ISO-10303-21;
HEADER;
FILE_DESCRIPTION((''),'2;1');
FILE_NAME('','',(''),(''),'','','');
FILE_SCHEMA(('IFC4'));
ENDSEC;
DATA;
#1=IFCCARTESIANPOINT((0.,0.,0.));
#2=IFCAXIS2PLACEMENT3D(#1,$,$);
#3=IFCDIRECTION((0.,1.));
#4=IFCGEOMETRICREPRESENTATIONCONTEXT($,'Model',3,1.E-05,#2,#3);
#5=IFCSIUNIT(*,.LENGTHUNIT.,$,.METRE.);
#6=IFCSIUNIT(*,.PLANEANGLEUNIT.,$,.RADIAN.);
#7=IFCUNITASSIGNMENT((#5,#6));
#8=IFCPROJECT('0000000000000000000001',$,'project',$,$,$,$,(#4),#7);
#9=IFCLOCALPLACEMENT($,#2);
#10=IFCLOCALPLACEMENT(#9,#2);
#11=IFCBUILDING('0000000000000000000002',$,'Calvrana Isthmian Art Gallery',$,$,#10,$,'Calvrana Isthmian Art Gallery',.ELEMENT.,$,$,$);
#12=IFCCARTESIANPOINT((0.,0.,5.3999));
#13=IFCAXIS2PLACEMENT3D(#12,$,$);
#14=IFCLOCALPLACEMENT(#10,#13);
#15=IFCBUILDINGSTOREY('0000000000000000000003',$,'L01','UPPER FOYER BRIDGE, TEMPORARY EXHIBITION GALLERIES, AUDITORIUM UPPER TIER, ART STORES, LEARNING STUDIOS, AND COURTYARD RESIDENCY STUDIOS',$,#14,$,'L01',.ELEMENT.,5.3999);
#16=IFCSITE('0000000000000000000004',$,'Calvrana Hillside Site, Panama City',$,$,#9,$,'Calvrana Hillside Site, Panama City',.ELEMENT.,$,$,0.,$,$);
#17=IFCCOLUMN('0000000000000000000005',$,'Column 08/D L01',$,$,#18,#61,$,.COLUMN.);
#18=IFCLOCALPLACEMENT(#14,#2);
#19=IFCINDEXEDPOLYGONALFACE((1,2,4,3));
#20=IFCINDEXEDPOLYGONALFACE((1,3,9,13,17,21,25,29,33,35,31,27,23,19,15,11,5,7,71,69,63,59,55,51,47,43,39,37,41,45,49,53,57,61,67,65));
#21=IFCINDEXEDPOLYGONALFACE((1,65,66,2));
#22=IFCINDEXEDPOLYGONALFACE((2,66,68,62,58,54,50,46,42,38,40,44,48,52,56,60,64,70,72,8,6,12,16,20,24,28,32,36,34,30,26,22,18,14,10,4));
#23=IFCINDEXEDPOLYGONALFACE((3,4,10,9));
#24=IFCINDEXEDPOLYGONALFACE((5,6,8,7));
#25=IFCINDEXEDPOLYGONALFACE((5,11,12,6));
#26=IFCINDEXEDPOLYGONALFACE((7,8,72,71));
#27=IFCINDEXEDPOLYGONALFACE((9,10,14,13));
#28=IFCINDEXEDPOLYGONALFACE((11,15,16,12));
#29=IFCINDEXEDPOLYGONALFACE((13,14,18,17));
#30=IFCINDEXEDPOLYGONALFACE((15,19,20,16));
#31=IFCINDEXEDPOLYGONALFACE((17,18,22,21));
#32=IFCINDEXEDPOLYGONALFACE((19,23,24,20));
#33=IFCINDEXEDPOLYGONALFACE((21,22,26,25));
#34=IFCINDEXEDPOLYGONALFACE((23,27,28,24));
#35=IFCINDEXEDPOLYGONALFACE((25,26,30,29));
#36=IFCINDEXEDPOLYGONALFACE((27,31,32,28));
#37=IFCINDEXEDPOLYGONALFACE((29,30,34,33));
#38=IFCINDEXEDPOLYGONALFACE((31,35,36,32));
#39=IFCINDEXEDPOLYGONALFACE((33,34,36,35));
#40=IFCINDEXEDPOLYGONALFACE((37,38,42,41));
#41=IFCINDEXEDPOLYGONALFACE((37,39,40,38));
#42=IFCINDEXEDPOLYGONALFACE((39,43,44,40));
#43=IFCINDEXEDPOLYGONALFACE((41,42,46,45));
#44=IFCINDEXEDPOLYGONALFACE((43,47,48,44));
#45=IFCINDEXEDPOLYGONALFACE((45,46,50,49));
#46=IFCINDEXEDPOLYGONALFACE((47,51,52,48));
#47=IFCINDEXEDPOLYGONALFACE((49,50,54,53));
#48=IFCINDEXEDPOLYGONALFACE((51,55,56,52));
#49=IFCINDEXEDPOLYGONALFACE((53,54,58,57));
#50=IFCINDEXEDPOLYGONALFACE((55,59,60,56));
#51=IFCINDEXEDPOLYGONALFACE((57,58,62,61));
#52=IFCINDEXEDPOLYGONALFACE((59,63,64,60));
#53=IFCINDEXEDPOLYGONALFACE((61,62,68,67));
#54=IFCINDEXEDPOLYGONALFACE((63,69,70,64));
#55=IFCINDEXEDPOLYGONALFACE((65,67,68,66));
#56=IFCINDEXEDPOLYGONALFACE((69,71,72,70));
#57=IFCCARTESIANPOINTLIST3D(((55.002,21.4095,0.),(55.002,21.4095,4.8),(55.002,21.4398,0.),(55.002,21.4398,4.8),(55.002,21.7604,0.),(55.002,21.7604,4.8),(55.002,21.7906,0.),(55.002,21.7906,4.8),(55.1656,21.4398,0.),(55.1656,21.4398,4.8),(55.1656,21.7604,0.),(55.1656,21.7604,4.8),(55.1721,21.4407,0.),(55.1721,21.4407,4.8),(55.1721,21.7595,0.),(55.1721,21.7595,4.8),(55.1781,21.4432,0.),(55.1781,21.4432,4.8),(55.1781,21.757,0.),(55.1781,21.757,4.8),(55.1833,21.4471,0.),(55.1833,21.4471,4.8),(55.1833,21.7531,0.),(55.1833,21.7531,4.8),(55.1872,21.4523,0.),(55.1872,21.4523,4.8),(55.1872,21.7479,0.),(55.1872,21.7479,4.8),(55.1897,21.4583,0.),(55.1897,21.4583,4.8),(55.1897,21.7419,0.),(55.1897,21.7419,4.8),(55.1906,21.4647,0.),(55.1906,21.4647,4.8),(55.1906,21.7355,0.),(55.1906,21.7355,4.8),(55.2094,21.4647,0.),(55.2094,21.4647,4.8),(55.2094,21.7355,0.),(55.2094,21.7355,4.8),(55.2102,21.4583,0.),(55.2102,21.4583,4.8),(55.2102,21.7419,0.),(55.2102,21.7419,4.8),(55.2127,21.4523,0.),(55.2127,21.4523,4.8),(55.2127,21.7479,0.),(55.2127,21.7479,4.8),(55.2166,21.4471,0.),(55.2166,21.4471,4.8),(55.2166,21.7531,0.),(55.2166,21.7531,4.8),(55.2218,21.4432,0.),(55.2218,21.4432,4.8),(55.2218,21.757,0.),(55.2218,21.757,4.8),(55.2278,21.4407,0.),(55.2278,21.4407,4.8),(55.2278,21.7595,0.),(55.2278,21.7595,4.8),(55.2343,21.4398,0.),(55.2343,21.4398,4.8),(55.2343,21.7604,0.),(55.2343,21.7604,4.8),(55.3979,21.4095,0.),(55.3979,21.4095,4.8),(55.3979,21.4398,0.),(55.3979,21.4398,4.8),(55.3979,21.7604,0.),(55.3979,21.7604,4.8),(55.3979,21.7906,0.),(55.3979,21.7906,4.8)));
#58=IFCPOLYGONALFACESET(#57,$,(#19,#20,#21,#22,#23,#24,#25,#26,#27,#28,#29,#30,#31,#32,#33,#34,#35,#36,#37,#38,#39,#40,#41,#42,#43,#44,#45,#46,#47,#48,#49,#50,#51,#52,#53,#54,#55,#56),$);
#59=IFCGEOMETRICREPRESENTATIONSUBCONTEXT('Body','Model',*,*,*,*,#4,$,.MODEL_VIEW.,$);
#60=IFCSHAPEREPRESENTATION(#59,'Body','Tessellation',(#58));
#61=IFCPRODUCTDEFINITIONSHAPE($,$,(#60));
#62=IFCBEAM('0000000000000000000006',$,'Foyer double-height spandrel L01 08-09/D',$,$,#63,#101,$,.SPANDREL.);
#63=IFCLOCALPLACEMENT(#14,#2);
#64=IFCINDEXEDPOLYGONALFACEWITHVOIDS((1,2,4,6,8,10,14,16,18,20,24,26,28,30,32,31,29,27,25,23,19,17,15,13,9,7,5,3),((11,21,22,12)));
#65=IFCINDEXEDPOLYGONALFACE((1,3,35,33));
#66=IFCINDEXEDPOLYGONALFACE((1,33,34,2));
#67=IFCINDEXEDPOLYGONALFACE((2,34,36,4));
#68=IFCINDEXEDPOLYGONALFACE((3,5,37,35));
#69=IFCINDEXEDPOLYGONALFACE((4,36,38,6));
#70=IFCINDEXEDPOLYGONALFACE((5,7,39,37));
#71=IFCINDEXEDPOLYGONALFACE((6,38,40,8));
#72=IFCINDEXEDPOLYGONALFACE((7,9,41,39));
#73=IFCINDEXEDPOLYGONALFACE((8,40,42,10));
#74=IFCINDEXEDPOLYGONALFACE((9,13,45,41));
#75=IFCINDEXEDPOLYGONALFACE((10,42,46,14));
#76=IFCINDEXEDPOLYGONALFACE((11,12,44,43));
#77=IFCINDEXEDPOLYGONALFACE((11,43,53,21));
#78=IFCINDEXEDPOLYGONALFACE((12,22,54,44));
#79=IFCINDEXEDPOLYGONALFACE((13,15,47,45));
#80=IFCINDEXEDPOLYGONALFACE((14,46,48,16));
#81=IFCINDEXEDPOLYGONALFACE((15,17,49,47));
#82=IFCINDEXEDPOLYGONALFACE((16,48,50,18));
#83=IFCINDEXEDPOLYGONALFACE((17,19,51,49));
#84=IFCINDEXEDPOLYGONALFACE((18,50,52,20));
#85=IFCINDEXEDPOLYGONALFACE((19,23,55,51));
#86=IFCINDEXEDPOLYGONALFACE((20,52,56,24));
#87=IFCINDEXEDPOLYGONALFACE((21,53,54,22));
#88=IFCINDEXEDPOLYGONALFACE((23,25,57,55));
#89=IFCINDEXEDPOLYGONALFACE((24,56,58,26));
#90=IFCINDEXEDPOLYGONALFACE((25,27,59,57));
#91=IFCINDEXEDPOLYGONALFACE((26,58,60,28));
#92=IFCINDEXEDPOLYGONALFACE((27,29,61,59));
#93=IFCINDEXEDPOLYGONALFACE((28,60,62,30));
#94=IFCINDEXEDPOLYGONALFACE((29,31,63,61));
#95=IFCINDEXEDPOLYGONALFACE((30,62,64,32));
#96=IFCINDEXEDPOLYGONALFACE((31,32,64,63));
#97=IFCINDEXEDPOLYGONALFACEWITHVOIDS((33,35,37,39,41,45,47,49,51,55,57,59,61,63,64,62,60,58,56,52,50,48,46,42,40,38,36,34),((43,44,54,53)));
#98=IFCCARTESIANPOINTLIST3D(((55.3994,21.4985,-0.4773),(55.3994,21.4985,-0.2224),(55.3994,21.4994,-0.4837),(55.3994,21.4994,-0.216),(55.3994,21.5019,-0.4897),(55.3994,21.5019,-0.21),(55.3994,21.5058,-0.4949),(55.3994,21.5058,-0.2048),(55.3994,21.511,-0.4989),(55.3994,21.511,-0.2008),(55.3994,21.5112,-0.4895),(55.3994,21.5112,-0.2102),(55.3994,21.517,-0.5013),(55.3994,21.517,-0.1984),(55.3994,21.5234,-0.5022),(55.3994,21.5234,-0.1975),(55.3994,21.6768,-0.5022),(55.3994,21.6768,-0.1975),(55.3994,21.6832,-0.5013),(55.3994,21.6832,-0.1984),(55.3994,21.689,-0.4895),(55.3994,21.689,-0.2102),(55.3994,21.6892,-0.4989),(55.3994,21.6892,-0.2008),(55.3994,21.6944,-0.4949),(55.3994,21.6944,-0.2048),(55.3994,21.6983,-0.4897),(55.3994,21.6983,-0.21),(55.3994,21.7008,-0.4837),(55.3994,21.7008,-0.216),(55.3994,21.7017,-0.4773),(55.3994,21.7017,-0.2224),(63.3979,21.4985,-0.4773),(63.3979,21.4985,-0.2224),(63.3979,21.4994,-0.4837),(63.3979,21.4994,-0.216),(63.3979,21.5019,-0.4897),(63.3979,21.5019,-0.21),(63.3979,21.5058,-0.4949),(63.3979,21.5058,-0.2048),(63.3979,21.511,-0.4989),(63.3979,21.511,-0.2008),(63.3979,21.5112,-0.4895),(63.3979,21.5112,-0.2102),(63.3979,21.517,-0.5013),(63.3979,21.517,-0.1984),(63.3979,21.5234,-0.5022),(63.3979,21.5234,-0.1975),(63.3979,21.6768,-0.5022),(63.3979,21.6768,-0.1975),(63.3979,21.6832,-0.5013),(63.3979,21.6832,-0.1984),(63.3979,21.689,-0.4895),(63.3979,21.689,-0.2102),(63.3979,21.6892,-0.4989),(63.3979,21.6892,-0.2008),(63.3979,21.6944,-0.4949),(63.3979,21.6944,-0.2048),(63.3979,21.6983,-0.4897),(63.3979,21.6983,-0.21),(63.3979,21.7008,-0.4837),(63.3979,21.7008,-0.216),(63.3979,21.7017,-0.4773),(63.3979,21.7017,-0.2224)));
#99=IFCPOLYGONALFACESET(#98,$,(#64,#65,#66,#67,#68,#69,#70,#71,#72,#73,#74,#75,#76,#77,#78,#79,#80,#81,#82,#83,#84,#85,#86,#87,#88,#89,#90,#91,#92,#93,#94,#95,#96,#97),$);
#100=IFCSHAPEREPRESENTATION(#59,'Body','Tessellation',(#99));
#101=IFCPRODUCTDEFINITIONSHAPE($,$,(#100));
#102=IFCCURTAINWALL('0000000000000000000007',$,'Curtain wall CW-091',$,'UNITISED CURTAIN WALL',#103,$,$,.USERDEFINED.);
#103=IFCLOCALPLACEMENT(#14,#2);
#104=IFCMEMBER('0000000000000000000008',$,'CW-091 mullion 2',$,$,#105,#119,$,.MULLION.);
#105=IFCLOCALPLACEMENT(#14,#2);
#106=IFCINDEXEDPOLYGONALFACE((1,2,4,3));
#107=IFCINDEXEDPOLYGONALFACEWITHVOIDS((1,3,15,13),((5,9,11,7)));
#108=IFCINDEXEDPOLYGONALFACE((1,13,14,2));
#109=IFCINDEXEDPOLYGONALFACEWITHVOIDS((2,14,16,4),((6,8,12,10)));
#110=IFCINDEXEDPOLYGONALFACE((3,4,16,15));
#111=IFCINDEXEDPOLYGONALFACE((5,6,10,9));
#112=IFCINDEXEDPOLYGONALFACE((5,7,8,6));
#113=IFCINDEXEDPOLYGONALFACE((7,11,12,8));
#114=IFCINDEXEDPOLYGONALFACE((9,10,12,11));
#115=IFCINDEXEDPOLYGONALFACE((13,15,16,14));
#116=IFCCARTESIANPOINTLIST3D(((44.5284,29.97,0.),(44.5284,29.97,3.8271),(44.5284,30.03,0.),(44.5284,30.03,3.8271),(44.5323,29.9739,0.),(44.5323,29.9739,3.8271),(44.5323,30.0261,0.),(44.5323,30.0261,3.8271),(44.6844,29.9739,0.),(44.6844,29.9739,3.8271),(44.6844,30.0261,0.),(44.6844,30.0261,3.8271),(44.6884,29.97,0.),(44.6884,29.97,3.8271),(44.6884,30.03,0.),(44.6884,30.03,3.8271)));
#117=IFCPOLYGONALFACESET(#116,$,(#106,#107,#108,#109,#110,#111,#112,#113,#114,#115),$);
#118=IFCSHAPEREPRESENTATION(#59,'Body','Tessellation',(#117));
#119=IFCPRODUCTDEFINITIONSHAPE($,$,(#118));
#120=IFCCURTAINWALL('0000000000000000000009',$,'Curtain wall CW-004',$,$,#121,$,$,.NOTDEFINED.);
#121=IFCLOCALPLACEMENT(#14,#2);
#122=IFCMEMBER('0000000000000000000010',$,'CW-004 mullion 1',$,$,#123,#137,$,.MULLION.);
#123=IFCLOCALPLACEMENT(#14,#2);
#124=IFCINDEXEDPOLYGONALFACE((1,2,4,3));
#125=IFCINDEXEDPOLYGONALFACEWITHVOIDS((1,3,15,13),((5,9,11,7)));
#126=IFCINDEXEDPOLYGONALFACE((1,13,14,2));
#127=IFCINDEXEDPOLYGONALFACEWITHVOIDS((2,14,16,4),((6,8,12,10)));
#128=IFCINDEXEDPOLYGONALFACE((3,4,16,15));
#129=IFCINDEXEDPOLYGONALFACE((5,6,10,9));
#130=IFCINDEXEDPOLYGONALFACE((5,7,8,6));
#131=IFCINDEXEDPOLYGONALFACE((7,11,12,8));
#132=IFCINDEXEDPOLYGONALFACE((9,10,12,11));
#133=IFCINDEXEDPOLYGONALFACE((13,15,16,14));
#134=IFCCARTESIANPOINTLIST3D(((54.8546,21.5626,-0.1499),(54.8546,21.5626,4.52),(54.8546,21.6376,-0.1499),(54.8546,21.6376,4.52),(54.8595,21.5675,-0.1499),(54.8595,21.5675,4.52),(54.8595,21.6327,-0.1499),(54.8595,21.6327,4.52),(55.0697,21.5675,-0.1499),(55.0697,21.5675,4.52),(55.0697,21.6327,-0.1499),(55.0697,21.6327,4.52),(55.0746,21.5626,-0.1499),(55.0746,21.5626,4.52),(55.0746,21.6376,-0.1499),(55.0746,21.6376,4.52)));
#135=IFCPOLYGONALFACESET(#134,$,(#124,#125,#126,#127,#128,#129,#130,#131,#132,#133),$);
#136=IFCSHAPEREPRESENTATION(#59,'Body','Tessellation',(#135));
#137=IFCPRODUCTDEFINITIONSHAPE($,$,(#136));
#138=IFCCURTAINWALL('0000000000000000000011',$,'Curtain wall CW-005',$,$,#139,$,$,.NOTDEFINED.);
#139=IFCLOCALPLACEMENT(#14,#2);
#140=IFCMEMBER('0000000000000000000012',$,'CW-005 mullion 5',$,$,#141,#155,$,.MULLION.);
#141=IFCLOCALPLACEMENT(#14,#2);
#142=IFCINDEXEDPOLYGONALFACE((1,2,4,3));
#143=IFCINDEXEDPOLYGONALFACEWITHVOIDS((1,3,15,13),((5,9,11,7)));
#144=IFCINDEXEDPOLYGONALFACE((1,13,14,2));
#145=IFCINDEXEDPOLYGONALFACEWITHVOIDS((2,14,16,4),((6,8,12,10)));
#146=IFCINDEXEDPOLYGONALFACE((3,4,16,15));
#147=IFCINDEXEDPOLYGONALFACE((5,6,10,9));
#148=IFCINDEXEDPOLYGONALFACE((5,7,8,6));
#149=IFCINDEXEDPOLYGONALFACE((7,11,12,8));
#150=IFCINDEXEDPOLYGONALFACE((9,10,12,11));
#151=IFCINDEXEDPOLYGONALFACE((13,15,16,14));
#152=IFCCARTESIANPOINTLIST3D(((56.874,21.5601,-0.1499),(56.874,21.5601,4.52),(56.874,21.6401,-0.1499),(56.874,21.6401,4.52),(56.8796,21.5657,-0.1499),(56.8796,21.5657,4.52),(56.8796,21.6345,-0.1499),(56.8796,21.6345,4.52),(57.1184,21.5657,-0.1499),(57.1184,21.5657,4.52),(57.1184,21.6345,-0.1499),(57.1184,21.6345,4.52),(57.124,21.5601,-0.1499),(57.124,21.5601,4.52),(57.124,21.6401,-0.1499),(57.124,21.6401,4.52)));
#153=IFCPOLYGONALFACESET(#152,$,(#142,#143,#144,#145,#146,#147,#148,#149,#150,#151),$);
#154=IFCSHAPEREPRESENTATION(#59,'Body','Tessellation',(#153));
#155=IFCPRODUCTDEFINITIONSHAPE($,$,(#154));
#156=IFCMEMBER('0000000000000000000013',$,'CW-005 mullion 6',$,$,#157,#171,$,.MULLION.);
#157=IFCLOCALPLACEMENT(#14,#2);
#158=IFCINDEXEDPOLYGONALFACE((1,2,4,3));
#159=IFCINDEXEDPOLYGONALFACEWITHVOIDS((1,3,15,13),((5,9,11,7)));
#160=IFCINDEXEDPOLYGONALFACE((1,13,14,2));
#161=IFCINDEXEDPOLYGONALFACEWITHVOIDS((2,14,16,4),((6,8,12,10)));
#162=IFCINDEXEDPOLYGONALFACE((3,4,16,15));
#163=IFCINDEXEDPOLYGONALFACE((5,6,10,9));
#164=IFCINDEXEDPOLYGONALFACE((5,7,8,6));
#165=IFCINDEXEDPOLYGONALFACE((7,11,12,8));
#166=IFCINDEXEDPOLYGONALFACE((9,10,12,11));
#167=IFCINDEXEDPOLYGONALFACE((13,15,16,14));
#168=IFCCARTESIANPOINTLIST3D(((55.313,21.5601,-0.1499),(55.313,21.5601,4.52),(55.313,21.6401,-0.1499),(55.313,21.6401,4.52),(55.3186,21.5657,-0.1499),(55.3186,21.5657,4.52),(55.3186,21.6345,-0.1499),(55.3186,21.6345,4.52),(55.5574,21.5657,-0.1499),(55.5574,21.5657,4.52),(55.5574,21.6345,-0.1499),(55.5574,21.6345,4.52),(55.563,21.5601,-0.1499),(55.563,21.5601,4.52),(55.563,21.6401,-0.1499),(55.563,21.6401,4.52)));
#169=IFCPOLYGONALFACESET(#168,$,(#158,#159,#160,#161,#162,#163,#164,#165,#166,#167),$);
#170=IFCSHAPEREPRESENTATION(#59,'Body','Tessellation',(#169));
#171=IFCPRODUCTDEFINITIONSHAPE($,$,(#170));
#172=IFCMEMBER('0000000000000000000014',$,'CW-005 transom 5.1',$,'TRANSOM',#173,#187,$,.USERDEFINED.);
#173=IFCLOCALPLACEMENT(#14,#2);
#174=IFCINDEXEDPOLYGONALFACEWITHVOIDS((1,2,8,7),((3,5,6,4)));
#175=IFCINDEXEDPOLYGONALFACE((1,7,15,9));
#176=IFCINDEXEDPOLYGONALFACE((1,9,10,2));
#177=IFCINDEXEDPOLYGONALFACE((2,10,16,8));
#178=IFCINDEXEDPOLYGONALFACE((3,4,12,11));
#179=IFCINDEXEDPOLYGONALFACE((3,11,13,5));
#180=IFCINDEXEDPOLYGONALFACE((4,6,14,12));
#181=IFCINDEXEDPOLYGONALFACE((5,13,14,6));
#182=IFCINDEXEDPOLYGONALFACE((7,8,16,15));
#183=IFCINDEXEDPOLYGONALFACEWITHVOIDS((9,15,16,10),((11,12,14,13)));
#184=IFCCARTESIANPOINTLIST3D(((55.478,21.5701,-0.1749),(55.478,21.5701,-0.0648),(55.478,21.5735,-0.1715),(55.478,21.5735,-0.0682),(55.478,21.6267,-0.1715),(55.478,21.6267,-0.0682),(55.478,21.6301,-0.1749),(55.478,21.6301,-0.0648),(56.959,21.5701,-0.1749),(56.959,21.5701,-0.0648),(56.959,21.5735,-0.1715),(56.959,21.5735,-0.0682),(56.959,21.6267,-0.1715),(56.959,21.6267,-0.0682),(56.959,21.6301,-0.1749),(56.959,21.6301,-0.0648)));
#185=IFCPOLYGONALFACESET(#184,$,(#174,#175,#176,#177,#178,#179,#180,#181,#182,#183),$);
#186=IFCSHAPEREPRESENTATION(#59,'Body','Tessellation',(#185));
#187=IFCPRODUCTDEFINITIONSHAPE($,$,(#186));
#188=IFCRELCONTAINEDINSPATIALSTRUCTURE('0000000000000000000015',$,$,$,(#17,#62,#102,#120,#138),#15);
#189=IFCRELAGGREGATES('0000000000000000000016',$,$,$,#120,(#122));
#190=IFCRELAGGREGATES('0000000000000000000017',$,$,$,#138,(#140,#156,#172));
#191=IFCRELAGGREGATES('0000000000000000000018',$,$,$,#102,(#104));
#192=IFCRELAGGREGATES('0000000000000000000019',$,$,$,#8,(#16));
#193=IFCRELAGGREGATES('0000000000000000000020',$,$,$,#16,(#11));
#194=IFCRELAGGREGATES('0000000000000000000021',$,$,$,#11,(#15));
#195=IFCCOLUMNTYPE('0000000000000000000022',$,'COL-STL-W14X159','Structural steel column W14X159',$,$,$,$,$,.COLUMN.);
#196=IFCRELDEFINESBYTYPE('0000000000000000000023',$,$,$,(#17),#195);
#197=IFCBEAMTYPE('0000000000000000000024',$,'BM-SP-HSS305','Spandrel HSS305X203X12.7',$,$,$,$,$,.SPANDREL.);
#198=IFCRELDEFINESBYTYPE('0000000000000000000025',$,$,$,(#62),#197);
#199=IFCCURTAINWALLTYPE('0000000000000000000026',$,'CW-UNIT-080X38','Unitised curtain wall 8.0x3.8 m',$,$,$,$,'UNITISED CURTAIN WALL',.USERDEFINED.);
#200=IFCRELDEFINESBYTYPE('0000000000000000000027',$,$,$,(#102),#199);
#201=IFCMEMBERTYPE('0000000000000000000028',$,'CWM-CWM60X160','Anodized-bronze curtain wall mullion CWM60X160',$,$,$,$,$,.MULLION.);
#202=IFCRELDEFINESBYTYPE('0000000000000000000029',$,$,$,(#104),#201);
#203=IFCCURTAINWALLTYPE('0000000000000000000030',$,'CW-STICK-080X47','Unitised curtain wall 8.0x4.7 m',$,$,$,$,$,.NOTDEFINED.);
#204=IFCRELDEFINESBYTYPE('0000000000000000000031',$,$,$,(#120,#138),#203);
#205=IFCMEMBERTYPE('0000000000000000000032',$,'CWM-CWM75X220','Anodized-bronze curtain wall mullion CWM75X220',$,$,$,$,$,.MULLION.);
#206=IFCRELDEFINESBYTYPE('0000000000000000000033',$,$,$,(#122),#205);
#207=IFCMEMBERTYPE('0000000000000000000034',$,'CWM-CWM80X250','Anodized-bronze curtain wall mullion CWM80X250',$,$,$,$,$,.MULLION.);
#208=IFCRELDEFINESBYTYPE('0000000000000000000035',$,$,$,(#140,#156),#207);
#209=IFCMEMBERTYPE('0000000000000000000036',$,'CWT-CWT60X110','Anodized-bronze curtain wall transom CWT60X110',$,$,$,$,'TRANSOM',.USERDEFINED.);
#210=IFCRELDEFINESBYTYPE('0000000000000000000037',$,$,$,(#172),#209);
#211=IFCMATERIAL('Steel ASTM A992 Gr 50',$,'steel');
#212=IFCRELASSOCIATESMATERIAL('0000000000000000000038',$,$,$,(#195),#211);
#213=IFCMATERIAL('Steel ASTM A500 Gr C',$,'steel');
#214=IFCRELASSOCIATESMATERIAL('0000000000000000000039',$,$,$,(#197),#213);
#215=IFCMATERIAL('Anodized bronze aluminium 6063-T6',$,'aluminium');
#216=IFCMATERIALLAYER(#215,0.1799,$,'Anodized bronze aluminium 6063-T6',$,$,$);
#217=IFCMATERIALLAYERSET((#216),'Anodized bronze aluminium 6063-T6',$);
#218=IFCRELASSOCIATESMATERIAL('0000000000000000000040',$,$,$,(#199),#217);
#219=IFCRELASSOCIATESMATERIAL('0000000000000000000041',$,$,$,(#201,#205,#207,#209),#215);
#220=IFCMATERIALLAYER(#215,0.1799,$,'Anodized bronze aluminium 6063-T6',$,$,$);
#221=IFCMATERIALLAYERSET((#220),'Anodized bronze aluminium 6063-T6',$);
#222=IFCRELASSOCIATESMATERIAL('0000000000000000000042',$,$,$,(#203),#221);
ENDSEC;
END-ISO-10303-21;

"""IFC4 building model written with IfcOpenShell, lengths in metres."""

from ifc_helpers import new_model, si_unit, direction, frame, origin, origin_2d, place, context, subcontext, project, spatial, hollow_rectangle, i_section, extrude, material, layer, layer_set, material_profile, profile_set, type_object, element, aggregate, save


model = new_model("IFC4")

# Units and contexts
model_context = context("Model", 3, precision=1e-05, world=origin(), true_north=direction((0.0, 1.0)))
body_context = subcontext(model_context, "Body", "Model", "MODEL_VIEW")
ifc_project = project(units=[si_unit("LENGTHUNIT", "METRE"), si_unit("PLANEANGLEUNIT", "RADIAN")], contexts=[model_context])

# Site, building, storey
site_placement = place(None, origin())
site = spatial("IfcSite", under=ifc_project, at=site_placement, Name="Calvrana Hillside Site, Panama City", LongName="Calvrana Hillside Site, Panama City", CompositionType="ELEMENT", RefElevation=0.0)
building_placement = place(site_placement, origin())
building = spatial("IfcBuilding", under=site, at=building_placement, Name="Calvrana Isthmian Art Gallery", LongName="Calvrana Isthmian Art Gallery", CompositionType="ELEMENT")
storey_placement = place(building_placement, frame((0.0, 0.0, 5.3999)))
storey = spatial("IfcBuildingStorey", under=building, at=storey_placement, Name="L01", Description="UPPER FOYER BRIDGE, TEMPORARY EXHIBITION GALLERIES, AUDITORIUM UPPER TIER, ART STORES, LEARNING STUDIOS, AND COURTYARD RESIDENCY STUDIOS", LongName="L01", CompositionType="ELEMENT", Elevation=5.3999)

# Column
ifc_material_1 = material(Name="Steel ASTM A992 Gr 50", Category="steel")
ifc_material_profile_1 = material_profile(ifc_material_1, i_section(OverallWidth=0.396, OverallDepth=0.3811, WebThickness=0.0188, FlangeThickness=0.0303, FilletRadius=0.0249, at=origin_2d()), Name="W14X159")
ifc_profile_set_1 = profile_set([ifc_material_profile_1], Name="Steel ASTM A992 Gr 50")
column_type = type_object("IfcColumnType", Name="COL-STL-W14X159", Description="Structural steel column W14X159", PredefinedType="COLUMN", material=ifc_profile_set_1)
column_placement = place(storey_placement, frame((55.2, 21.6001, 0.0), z_axis=(0.0, 0.0, 1.0), x_axis=(1.0, 0.0, 0.0)))
element("IfcColumn", 1, at=column_placement, inside=storey, type_object=column_type, Name="Column 08/D L01", PredefinedType="COLUMN", context=body_context, shape_type="SweptSolid", body=[
    extrude(i_section(OverallWidth=0.396, OverallDepth=0.3811, WebThickness=0.0188, FlangeThickness=0.0303, FilletRadius=0.0249, at=origin_2d()), origin(), (0.0, 0.0, 1.0), 4.8),
])

# Beam
ifc_material_2 = material(Name="Steel ASTM A500 Gr C", Category="steel")
ifc_material_profile_2 = material_profile(ifc_material_2, hollow_rectangle(XDim=0.2031, YDim=0.3047, WallThickness=0.0127, OuterFilletRadius=0.0249, at=origin_2d()), Name="HSS305X203X12.7")
ifc_profile_set_2 = profile_set([ifc_material_profile_2], Name="Steel ASTM A500 Gr C")
beam_type = type_object("IfcBeamType", Name="BM-SP-HSS305", Description="Spandrel HSS305X203X12.7", PredefinedType="SPANDREL", material=ifc_profile_set_2)
beam_placement = place(storey_placement, frame((55.3994, 21.6001, -0.3499), z_axis=(1.0, 0.0, 0.0), x_axis=(0.0, 1.0, 0.0)))
element("IfcBeam", 2, at=beam_placement, inside=storey, type_object=beam_type, Name="Foyer double-height spandrel L01 08-09/D", PredefinedType="SPANDREL", context=body_context, shape_type="SweptSolid", body=[
    extrude(hollow_rectangle(XDim=0.2031, YDim=0.3047, WallThickness=0.0127, OuterFilletRadius=0.0249, at=origin_2d()), origin(), (0.0, 0.0, 1.0), 7.9985),
])

# Curtain walls, members
ifc_material_3 = material(Name="Anodized bronze aluminium 6063-T6", Category="aluminium")
ifc_layer_1 = layer(ifc_material_3, 0.1799, Name="Anodized bronze aluminium 6063-T6")
ifc_layer_set_1 = layer_set([ifc_layer_1], Name="Anodized bronze aluminium 6063-T6")
curtain_wall_type_1 = type_object("IfcCurtainWallType", Name="CW-UNIT-080X38", Description="Unitised curtain wall 8.0x3.8 m", ElementType="UNITISED CURTAIN WALL", PredefinedType="USERDEFINED", material=ifc_layer_set_1)
curtain_wall_1_placement = place(storey_placement, origin())
curtain_wall_1 = element("IfcCurtainWall", 3, at=curtain_wall_1_placement, inside=storey, type_object=curtain_wall_type_1, Name="Curtain wall CW-091", ObjectType="UNITISED CURTAIN WALL", PredefinedType="USERDEFINED")
ifc_material_profile_3 = material_profile(ifc_material_3, hollow_rectangle(XDim=0.0601, YDim=0.1599, WallThickness=0.0039, at=origin_2d()), Name="CWM60X160")
ifc_profile_set_3 = profile_set([ifc_material_profile_3], Name="Anodized bronze aluminium 6063-T6")
member_type_1 = type_object("IfcMemberType", Name="CWM-CWM60X160", Description="Anodized-bronze curtain wall mullion CWM60X160", PredefinedType="MULLION", material=ifc_profile_set_3)
member_1_placement = place(storey_placement, frame((44.6084, 30.0, 0.0), z_axis=(0.0, 0.0, 1.0), x_axis=(0.0, -1.0, 0.0)))
member_1 = element("IfcMember", 4, at=member_1_placement, type_object=member_type_1, Name="CW-091 mullion 2", PredefinedType="MULLION", context=body_context, shape_type="SweptSolid", body=[
    extrude(hollow_rectangle(XDim=0.0601, YDim=0.1599, WallThickness=0.0039, at=origin_2d()), origin(), (0.0, 0.0, 1.0), 3.8271),
])
ifc_layer_2 = layer(ifc_material_3, 0.1799, Name="Anodized bronze aluminium 6063-T6")
ifc_layer_set_2 = layer_set([ifc_layer_2], Name="Anodized bronze aluminium 6063-T6")
curtain_wall_type_2 = type_object("IfcCurtainWallType", Name="CW-STICK-080X47", Description="Unitised curtain wall 8.0x4.7 m", PredefinedType="NOTDEFINED", material=ifc_layer_set_2)
curtain_wall_2_placement = place(storey_placement, origin())
curtain_wall_2 = element("IfcCurtainWall", 5, at=curtain_wall_2_placement, inside=storey, type_object=curtain_wall_type_2, Name="Curtain wall CW-004", PredefinedType="NOTDEFINED")
ifc_material_profile_4 = material_profile(ifc_material_3, hollow_rectangle(XDim=0.075, YDim=0.22, WallThickness=0.0049, at=origin_2d()), Name="CWM75X220")
ifc_profile_set_4 = profile_set([ifc_material_profile_4], Name="Anodized bronze aluminium 6063-T6")
member_type_2 = type_object("IfcMemberType", Name="CWM-CWM75X220", Description="Anodized-bronze curtain wall mullion CWM75X220", PredefinedType="MULLION", material=ifc_profile_set_4)
member_2_placement = place(storey_placement, frame((54.9646, 21.6001, -0.1499), z_axis=(0.0, 0.0, 1.0), x_axis=(0.0, -1.0, 0.0)))
member_2 = element("IfcMember", 6, at=member_2_placement, type_object=member_type_2, Name="CW-004 mullion 1", PredefinedType="MULLION", context=body_context, shape_type="SweptSolid", body=[
    extrude(hollow_rectangle(XDim=0.075, YDim=0.22, WallThickness=0.0049, at=origin_2d()), origin(), (0.0, 0.0, 1.0), 4.6699),
])

# Curtain wall, members
curtain_wall_3_placement = place(storey_placement, origin())
curtain_wall_3 = element("IfcCurtainWall", 7, at=curtain_wall_3_placement, inside=storey, type_object=curtain_wall_type_2, Name="Curtain wall CW-005", PredefinedType="NOTDEFINED")
ifc_material_profile_5 = material_profile(ifc_material_3, hollow_rectangle(XDim=0.0801, YDim=0.25, WallThickness=0.0056, at=origin_2d()), Name="CWM80X250")
ifc_profile_set_5 = profile_set([ifc_material_profile_5], Name="Anodized bronze aluminium 6063-T6")
member_type_3 = type_object("IfcMemberType", Name="CWM-CWM80X250", Description="Anodized-bronze curtain wall mullion CWM80X250", PredefinedType="MULLION", material=ifc_profile_set_5)
member_3_placement = place(storey_placement, frame((56.999, 21.6001, -0.1499), z_axis=(0.0, 0.0, 1.0), x_axis=(0.0, -1.0, 0.0)))
member_3 = element("IfcMember", 8, at=member_3_placement, type_object=member_type_3, Name="CW-005 mullion 5", PredefinedType="MULLION", context=body_context, shape_type="SweptSolid", body=[
    extrude(hollow_rectangle(XDim=0.0801, YDim=0.25, WallThickness=0.0056, at=origin_2d()), origin(), (0.0, 0.0, 1.0), 4.6699),
])
member_4_placement = place(storey_placement, frame((55.438, 21.6001, -0.1499), z_axis=(0.0, 0.0, 1.0), x_axis=(0.0, -1.0, 0.0)))
member_4 = element("IfcMember", 9, at=member_4_placement, type_object=member_type_3, Name="CW-005 mullion 6", PredefinedType="MULLION", context=body_context, shape_type="SweptSolid", body=[
    extrude(hollow_rectangle(XDim=0.0801, YDim=0.25, WallThickness=0.0056, at=origin_2d()), origin(), (0.0, 0.0, 1.0), 4.6699),
])
ifc_material_profile_6 = material_profile(ifc_material_3, hollow_rectangle(XDim=0.0601, YDim=0.1101, WallThickness=0.0034, at=origin_2d()), Name="CWT60X110")
ifc_profile_set_6 = profile_set([ifc_material_profile_6], Name="Anodized bronze aluminium 6063-T6")
member_type_4 = type_object("IfcMemberType", Name="CWT-CWT60X110", Description="Anodized-bronze curtain wall transom CWT60X110", ElementType="TRANSOM", PredefinedType="USERDEFINED", material=ifc_profile_set_6)
member_5_placement = place(storey_placement, frame((56.959, 21.6001, -0.1199), z_axis=(-1.0, 0.0, 0.0), x_axis=(0.0, -1.0, 0.0)))
member_5 = element("IfcMember", 10, at=member_5_placement, type_object=member_type_4, Name="CW-005 transom 5.1", ObjectType="TRANSOM", PredefinedType="USERDEFINED", context=body_context, shape_type="SweptSolid", body=[
    extrude(hollow_rectangle(XDim=0.0601, YDim=0.1101, WallThickness=0.0034, at=origin_2d()), origin(), (0.0, 0.0, 1.0), 1.481),
])

aggregate(curtain_wall_2, [member_2])

aggregate(curtain_wall_3, [member_3, member_4, member_5])
aggregate(curtain_wall_1, [member_1])

save(model, "model.ifc")
